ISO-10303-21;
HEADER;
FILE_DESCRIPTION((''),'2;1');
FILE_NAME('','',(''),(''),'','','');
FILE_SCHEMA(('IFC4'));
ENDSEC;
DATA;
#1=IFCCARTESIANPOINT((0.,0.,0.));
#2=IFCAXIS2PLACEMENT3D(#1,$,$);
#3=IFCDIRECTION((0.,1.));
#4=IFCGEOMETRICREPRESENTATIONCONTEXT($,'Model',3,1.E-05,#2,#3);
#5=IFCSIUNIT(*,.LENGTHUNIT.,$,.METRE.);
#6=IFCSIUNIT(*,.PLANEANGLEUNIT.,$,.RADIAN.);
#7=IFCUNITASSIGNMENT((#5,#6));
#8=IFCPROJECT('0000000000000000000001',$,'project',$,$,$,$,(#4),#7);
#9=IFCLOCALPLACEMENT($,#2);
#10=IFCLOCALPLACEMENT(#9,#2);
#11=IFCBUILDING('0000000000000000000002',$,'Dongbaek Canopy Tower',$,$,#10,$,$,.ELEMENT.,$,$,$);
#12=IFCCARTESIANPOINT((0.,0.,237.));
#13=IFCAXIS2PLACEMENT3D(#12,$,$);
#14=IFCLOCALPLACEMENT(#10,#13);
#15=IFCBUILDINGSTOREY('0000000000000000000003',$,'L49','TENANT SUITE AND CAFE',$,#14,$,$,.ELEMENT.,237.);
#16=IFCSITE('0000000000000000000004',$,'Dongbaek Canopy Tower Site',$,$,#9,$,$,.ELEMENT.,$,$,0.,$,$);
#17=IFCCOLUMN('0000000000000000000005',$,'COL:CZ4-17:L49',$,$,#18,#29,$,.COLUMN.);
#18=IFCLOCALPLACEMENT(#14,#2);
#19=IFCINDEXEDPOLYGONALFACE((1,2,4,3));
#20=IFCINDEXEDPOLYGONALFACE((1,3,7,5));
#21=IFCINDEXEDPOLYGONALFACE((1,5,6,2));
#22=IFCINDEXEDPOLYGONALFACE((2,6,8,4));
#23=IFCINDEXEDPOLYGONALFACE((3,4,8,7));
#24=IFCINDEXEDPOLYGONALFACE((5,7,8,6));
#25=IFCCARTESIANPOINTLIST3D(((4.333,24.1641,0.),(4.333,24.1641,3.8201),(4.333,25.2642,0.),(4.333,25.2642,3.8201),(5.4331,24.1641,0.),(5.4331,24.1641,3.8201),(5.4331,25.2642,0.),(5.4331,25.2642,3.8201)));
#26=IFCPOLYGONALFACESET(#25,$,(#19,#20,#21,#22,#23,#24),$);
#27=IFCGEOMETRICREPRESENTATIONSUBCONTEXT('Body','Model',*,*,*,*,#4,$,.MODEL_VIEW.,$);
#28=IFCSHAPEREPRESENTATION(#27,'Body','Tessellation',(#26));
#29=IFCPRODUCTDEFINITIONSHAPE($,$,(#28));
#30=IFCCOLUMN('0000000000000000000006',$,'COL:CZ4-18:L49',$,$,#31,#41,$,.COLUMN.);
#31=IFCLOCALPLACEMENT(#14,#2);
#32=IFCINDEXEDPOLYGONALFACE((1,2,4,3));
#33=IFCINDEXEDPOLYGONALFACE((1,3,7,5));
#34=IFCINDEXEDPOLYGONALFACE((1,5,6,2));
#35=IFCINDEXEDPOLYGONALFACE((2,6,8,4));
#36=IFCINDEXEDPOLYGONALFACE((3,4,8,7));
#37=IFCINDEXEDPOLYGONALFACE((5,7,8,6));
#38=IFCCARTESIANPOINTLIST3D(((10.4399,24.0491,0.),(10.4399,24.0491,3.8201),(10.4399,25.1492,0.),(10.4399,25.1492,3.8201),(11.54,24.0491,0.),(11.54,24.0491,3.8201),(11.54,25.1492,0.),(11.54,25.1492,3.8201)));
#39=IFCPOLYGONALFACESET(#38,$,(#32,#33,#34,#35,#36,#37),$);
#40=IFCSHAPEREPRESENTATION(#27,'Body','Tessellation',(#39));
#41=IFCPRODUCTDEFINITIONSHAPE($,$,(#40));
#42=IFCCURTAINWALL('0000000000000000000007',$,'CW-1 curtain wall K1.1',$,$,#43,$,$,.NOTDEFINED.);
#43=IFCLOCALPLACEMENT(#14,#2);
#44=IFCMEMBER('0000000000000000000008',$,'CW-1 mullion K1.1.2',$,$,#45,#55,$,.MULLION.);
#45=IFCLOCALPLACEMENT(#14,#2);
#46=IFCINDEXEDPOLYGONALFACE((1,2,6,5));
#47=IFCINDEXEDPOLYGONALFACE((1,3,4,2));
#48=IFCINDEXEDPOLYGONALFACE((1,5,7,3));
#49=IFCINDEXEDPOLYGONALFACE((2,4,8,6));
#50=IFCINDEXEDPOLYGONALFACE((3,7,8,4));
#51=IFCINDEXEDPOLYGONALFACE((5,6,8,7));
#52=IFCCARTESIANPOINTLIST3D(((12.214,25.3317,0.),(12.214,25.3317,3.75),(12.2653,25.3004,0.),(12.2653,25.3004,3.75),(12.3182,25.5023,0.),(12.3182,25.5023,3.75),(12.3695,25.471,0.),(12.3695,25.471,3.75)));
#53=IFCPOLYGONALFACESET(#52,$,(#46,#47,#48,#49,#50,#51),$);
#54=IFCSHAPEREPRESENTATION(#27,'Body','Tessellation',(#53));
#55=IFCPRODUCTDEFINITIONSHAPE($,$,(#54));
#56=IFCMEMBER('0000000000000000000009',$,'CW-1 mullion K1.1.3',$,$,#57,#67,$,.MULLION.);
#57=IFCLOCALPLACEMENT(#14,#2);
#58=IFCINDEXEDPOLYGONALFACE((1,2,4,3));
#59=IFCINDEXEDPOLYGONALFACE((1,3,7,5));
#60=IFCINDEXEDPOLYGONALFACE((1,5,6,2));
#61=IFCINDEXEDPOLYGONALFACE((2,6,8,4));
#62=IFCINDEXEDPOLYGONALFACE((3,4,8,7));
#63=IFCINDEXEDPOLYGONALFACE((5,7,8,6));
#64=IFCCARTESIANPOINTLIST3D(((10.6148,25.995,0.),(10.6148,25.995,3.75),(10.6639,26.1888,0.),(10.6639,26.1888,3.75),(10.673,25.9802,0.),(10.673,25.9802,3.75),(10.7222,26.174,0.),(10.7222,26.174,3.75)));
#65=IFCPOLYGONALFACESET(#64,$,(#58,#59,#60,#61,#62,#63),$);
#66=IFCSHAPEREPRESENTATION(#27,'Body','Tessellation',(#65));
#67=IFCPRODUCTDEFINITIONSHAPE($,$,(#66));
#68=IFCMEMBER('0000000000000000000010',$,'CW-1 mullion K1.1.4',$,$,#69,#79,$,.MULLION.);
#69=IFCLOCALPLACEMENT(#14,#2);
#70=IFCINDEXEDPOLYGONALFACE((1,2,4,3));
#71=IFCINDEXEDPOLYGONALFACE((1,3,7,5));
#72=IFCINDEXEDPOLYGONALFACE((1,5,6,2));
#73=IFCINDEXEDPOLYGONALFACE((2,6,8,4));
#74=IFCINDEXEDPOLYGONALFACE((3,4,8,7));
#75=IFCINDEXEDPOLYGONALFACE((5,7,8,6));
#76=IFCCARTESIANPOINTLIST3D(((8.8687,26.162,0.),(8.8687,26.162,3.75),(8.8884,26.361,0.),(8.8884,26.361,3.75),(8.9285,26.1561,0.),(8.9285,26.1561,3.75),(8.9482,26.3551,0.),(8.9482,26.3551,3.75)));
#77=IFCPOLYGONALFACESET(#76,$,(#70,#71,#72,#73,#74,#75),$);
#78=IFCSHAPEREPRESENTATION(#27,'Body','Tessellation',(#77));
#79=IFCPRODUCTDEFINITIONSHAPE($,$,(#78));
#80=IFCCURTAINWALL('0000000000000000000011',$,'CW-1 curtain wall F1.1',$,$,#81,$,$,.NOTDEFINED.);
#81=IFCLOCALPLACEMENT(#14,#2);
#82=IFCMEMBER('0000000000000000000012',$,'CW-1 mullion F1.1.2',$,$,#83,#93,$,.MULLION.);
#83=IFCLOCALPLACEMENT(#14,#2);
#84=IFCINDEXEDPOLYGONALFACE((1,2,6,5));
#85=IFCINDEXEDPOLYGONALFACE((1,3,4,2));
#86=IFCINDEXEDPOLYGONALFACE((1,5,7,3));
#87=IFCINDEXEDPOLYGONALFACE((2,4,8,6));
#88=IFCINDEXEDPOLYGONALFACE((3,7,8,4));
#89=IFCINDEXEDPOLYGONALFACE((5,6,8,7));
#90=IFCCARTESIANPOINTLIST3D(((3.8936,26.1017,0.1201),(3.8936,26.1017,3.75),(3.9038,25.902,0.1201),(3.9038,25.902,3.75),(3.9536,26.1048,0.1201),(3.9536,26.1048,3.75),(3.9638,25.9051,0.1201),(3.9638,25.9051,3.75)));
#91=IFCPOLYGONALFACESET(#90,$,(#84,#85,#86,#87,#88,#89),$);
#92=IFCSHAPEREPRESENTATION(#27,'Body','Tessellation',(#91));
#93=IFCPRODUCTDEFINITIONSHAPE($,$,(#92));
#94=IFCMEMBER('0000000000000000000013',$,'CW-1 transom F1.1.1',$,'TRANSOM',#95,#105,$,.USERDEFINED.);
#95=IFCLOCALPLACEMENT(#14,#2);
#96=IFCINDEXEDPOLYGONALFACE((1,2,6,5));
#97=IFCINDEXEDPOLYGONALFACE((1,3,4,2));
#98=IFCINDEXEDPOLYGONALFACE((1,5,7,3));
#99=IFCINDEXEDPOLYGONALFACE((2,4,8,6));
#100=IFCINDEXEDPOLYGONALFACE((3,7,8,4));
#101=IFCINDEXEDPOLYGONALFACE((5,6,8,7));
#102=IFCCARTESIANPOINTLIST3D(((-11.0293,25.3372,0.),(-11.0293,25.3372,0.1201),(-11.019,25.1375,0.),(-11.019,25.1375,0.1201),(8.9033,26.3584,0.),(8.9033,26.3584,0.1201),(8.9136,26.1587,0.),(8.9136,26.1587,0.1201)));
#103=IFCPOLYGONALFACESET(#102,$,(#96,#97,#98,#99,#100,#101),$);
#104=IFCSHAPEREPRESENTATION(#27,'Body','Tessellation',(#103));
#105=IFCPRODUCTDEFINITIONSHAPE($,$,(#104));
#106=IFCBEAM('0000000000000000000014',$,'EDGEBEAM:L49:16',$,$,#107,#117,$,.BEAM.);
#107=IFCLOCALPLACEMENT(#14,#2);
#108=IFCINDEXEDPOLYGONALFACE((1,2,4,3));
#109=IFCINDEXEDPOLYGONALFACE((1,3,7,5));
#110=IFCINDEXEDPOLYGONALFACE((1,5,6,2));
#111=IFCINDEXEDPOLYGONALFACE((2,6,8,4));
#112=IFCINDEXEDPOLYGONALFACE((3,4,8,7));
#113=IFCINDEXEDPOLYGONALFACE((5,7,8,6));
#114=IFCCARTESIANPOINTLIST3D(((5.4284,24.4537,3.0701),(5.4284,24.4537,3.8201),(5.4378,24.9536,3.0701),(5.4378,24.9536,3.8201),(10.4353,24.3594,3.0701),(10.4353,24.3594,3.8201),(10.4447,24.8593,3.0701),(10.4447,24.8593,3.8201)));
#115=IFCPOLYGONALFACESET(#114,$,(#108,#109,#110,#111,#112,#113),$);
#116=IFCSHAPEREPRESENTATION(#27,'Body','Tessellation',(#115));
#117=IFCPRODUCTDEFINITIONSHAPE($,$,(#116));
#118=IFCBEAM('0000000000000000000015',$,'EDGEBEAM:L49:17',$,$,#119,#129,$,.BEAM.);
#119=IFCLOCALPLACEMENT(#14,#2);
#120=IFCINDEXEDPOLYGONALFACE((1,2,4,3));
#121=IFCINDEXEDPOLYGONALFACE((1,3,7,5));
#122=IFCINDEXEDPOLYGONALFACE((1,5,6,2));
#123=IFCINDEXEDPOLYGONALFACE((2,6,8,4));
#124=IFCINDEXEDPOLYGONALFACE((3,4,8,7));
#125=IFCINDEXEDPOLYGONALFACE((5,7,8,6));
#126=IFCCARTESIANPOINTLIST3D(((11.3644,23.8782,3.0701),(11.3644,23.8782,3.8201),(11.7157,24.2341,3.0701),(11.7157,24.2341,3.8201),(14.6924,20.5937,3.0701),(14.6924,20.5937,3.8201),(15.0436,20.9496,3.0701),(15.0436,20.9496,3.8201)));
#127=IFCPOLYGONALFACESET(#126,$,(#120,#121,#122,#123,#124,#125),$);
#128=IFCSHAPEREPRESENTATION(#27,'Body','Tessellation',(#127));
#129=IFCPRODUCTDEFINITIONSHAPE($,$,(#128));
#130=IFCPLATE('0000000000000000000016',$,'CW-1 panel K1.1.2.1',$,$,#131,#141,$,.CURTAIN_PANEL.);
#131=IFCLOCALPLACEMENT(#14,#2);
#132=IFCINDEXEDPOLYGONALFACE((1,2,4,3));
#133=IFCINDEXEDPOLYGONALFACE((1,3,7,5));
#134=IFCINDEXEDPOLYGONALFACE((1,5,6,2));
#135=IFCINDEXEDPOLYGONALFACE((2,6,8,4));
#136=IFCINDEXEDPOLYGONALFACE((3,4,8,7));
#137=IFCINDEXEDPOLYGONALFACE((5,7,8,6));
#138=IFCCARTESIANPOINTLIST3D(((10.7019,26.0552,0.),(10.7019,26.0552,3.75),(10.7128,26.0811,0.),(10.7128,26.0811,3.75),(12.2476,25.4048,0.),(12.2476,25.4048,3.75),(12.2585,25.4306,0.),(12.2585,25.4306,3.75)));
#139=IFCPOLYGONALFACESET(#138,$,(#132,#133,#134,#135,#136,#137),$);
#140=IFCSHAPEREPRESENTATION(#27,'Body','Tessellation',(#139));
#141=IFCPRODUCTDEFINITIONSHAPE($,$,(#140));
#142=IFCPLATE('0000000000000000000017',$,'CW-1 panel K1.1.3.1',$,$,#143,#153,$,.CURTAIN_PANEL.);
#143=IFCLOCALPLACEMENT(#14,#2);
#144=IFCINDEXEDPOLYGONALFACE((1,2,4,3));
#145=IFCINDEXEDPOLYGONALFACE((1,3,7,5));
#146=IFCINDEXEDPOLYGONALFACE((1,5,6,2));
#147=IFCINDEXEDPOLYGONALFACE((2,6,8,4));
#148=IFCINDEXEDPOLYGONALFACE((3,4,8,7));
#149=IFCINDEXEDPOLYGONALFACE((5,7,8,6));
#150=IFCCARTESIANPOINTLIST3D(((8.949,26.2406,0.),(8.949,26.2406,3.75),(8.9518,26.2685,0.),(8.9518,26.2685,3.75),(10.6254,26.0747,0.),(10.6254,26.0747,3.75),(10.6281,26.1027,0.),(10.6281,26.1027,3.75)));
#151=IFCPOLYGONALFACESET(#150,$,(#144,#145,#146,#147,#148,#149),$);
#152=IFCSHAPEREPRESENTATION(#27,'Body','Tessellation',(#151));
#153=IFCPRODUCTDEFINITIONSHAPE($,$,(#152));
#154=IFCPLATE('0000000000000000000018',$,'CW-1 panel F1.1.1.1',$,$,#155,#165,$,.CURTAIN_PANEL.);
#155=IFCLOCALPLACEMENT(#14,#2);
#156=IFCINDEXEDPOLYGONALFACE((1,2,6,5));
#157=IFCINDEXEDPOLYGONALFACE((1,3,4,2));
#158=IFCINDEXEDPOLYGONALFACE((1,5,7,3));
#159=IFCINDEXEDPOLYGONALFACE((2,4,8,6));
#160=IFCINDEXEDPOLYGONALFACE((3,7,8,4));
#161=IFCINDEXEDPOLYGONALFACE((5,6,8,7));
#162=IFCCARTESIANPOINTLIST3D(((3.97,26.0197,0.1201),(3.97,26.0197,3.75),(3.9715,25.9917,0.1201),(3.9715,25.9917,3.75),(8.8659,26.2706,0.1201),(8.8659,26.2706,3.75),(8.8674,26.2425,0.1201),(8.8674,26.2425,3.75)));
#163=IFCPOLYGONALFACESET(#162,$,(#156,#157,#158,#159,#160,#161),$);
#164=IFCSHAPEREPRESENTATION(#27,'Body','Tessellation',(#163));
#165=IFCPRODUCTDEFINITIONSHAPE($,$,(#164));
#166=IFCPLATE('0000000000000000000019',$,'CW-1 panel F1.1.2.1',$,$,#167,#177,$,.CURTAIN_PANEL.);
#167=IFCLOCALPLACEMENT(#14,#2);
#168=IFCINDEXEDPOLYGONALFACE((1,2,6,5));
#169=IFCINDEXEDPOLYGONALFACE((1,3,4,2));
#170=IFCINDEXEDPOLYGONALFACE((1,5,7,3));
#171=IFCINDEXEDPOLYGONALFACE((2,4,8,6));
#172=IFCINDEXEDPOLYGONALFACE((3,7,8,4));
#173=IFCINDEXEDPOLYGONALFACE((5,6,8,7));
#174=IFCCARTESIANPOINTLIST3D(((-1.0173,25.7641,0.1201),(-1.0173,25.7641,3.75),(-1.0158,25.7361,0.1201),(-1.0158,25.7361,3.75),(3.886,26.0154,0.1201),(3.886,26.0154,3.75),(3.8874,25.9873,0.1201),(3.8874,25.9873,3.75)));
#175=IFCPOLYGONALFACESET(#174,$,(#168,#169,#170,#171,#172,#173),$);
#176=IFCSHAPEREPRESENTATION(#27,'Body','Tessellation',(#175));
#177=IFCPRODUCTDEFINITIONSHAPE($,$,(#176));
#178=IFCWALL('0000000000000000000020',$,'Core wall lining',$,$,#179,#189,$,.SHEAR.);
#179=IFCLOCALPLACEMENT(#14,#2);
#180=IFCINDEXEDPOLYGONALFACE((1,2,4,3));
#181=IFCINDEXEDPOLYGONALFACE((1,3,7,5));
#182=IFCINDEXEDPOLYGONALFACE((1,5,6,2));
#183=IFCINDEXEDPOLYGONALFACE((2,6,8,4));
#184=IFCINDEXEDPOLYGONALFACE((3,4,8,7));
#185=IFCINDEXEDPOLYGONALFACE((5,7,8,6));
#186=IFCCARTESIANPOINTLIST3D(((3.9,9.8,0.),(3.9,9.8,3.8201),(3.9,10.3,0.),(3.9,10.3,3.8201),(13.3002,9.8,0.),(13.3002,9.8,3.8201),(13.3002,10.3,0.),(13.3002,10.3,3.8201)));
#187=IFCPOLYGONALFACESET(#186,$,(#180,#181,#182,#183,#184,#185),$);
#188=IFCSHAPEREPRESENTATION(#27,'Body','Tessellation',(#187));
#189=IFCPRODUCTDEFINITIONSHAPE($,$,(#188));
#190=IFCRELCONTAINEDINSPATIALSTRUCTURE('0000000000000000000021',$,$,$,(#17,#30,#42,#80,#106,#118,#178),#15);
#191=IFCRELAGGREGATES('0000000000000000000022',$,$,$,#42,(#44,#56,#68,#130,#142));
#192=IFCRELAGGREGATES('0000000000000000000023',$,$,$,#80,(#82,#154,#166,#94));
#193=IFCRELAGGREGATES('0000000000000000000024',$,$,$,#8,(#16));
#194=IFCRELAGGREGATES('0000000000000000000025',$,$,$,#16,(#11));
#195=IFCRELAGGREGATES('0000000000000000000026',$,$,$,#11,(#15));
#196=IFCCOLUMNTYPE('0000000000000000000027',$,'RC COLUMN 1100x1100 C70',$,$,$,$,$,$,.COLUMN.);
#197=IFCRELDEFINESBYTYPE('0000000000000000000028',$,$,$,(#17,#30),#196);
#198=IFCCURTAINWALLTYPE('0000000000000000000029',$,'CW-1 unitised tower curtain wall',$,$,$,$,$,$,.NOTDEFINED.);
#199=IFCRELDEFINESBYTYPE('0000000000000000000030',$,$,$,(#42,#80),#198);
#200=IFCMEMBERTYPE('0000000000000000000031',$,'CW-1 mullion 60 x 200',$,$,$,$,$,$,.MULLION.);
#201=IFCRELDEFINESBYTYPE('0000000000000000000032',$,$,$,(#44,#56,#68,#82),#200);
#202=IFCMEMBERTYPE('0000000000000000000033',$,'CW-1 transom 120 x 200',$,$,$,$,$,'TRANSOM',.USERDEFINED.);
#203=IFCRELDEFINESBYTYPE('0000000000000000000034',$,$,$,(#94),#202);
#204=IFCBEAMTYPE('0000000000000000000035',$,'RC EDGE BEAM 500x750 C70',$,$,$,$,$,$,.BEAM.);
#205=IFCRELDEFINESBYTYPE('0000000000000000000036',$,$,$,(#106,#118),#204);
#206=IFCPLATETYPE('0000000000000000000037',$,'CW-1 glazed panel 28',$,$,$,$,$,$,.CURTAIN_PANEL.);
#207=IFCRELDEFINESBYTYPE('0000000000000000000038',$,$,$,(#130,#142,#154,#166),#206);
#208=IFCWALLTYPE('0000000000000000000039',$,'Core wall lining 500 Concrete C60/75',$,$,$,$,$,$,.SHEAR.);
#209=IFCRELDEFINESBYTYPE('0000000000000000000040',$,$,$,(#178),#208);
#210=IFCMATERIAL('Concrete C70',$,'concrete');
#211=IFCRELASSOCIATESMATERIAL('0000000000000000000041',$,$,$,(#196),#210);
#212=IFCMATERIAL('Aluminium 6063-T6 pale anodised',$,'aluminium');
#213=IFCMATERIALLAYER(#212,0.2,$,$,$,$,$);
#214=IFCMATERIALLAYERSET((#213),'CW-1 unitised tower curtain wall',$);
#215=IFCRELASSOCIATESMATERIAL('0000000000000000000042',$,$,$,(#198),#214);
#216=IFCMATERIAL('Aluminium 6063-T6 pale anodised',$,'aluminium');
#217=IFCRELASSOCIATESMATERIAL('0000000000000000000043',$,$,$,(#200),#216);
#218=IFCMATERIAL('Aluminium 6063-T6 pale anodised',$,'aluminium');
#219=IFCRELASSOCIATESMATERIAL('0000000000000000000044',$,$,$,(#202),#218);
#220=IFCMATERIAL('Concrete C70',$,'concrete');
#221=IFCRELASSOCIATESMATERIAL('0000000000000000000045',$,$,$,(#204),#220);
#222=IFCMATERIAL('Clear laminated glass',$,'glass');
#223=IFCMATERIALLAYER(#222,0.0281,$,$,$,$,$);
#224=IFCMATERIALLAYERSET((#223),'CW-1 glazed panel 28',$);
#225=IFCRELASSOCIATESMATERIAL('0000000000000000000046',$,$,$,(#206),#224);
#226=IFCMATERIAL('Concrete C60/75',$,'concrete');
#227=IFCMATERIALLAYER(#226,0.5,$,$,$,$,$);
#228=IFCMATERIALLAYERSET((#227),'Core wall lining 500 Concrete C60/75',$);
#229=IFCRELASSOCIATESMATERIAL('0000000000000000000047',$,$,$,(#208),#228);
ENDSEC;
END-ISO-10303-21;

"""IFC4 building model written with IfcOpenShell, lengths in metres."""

from ifc_helpers import new_model, si_unit, direction, frame, frame_2d, origin, origin_2d, place, context, subcontext, project, spatial, rectangle, extrude, material, layer, layer_set, material_profile, profile_set, type_object, element, aggregate, save


model = new_model("IFC4")

# Units and contexts
model_context = context("Model", 3, precision=1e-05, world=origin(), true_north=direction((0.0, 1.0)))
body_context = subcontext(model_context, "Body", "Model", "MODEL_VIEW")
ifc_project = project(units=[si_unit("LENGTHUNIT", "METRE"), si_unit("PLANEANGLEUNIT", "RADIAN")], contexts=[model_context])

# Site, building, storey
site_placement = place(None, origin())
site = spatial("IfcSite", under=ifc_project, at=site_placement, Name="Dongbaek Canopy Tower Site", CompositionType="ELEMENT", RefElevation=0.0)
building_placement = place(site_placement, origin())
building = spatial("IfcBuilding", under=site, at=building_placement, Name="Dongbaek Canopy Tower", CompositionType="ELEMENT")
storey_placement = place(building_placement, frame((0.0, 0.0, 237.0)))
storey = spatial("IfcBuildingStorey", under=building, at=storey_placement, Name="L49", Description="TENANT SUITE AND CAFE", CompositionType="ELEMENT", Elevation=237.0)

# Columns
ifc_material_1 = material(Name="Concrete C70", Category="concrete")
ifc_material_profile_1 = material_profile(ifc_material_1, rectangle(XDim=1.1001, YDim=1.1001, at=origin_2d()), Name="RC COLUMN 1100x1100 C70")
ifc_profile_set_1 = profile_set([ifc_material_profile_1], Name="Concrete C70")
column_type = type_object("IfcColumnType", Name="RC COLUMN 1100x1100 C70", PredefinedType="COLUMN", material=ifc_profile_set_1)
for number, where, z_axis, x_axis, name in (
    (1, (4.8831, 24.7141, 0.0), (0.0, 0.0, 1.0), (1.0, 0.0, 0.0), "COL:CZ4-17:L49"),
    (2, (10.99, 24.5991, 0.0), (0.0, 0.0, 1.0), (1.0, 0.0, 0.0), "COL:CZ4-18:L49"),
):
    element("IfcColumn", number, at=place(storey_placement, frame(where, z_axis=z_axis, x_axis=x_axis)), inside=storey, type_object=column_type, Name=name, PredefinedType="COLUMN", context=body_context, shape_type="SweptSolid", body=[
        extrude(rectangle(XDim=1.1001, YDim=1.1001, at=origin_2d()), origin(), (0.0, 0.0, 1.0), 3.8201),
    ])

# Curtain walls, members
ifc_material_2 = material(Name="Aluminium 6063-T6 pale anodised", Category="aluminium")
ifc_layer_1 = layer(ifc_material_2, 0.2)
ifc_layer_set_1 = layer_set([ifc_layer_1], Name="CW-1 unitised tower curtain wall")
curtain_wall_type = type_object("IfcCurtainWallType", Name="CW-1 unitised tower curtain wall", PredefinedType="NOTDEFINED", material=ifc_layer_set_1)
curtain_wall_1_placement = place(storey_placement, origin())
curtain_wall_1 = element("IfcCurtainWall", 3, at=curtain_wall_1_placement, inside=storey, type_object=curtain_wall_type, Name="CW-1 curtain wall K1.1", PredefinedType="NOTDEFINED")
ifc_material_3 = material(Name="Aluminium 6063-T6 pale anodised", Category="aluminium")
ifc_material_profile_2 = material_profile(ifc_material_3, rectangle(XDim=0.2, YDim=0.0601, at=origin_2d()), Name="CW-1 mullion 60 x 200")
ifc_profile_set_2 = profile_set([ifc_material_profile_2], Name="Aluminium 6063-T6 pale anodised")
member_type_1 = type_object("IfcMemberType", Name="CW-1 mullion 60 x 200", PredefinedType="MULLION", material=ifc_profile_set_2)
member_1_placement = place(storey_placement, frame((12.2917, 25.4014, 0.0), z_axis=(0.0, 0.0, 1.0), x_axis=(0.521099, 0.853496, 0.0)))
member_1 = element("IfcMember", 4, at=member_1_placement, type_object=member_type_1, Name="CW-1 mullion K1.1.2", PredefinedType="MULLION", context=body_context, shape_type="SweptSolid", body=[
    extrude(rectangle(XDim=0.2, YDim=0.0601, at=origin_2d()), origin(), (0.0, 0.0, 1.0), 3.75),
])
member_2_placement = place(storey_placement, frame((10.6685, 26.0845, 0.0), z_axis=(0.0, 0.0, 1.0), x_axis=(0.245923, 0.969289, 0.0)))
member_2 = element("IfcMember", 5, at=member_2_placement, type_object=member_type_1, Name="CW-1 mullion K1.1.3", PredefinedType="MULLION", context=body_context, shape_type="SweptSolid", body=[
    extrude(rectangle(XDim=0.2, YDim=0.0601, at=origin_2d()), origin(), (0.0, 0.0, 1.0), 3.75),
])
member_3_placement = place(storey_placement, frame((8.9084, 26.2585, 0.0), z_axis=(0.0, 0.0, 1.0), x_axis=(0.098479, 0.995139, 0.0)))
member_3 = element("IfcMember", 6, at=member_3_placement, type_object=member_type_1, Name="CW-1 mullion K1.1.4", PredefinedType="MULLION", context=body_context, shape_type="SweptSolid", body=[
    extrude(rectangle(XDim=0.2, YDim=0.0601, at=origin_2d()), origin(), (0.0, 0.0, 1.0), 3.75),
])
curtain_wall_2_placement = place(storey_placement, origin())
curtain_wall_2 = element("IfcCurtainWall", 7, at=curtain_wall_2_placement, inside=storey, type_object=curtain_wall_type, Name="CW-1 curtain wall F1.1", PredefinedType="NOTDEFINED")
member_4_placement = place(storey_placement, frame((3.9287, 26.0034, 0.1201), z_axis=(0.0, 0.0, 1.0), x_axis=(-0.051171, 0.99869, 0.0)))
member_4 = element("IfcMember", 8, at=member_4_placement, type_object=member_type_1, Name="CW-1 mullion F1.1.2", PredefinedType="MULLION", context=body_context, shape_type="SweptSolid", body=[
    extrude(rectangle(XDim=0.2, YDim=0.0601, at=origin_2d()), origin(), (0.0, 0.0, 1.0), 3.6299),
])
ifc_material_4 = material(Name="Aluminium 6063-T6 pale anodised", Category="aluminium")
ifc_material_profile_3 = material_profile(ifc_material_4, rectangle(XDim=0.2, YDim=0.1201, at=origin_2d()), Name="CW-1 transom 120 x 200")
ifc_profile_set_3 = profile_set([ifc_material_profile_3], Name="Aluminium 6063-T6 pale anodised")
member_type_2 = type_object("IfcMemberType", Name="CW-1 transom 120 x 200", ElementType="TRANSOM", PredefinedType="USERDEFINED", material=ifc_profile_set_3)
member_5_placement = place(storey_placement, frame((8.9084, 26.2585, 0.0601), z_axis=(-0.99869, -0.051168, 0.0), x_axis=(0.051168, -0.99869, 0.0)))
member_5 = element("IfcMember", 9, at=member_5_placement, type_object=member_type_2, Name="CW-1 transom F1.1.1", ObjectType="TRANSOM", PredefinedType="USERDEFINED", context=body_context, shape_type="SweptSolid", body=[
    extrude(rectangle(XDim=0.2, YDim=0.1201, at=origin_2d()), origin(), (0.0, 0.0, 1.0), 19.9587),
])

# Beams
ifc_material_5 = material(Name="Concrete C70", Category="concrete")
ifc_material_profile_4 = material_profile(ifc_material_5, rectangle(XDim=0.5, YDim=0.75, at=origin_2d()), Name="RC EDGE BEAM 500x750 C70")
ifc_profile_set_4 = profile_set([ifc_material_profile_4], Name="Concrete C70")
beam_type = type_object("IfcBeamType", Name="RC EDGE BEAM 500x750 C70", PredefinedType="BEAM", material=ifc_profile_set_4)
beam_1_placement = place(storey_placement, frame((5.4331, 24.7036, 3.4451), z_axis=(0.999823, -0.018819, 0.0), x_axis=(0.018819, 0.999823, 0.0)))
element("IfcBeam", 10, at=beam_1_placement, inside=storey, type_object=beam_type, Name="EDGEBEAM:L49:16", PredefinedType="BEAM", context=body_context, shape_type="SweptSolid", body=[
    extrude(rectangle(XDim=0.5, YDim=0.75, at=origin_2d()), origin(), (0.0, 0.0, 1.0), 5.0078),
])
beam_2_placement = place(storey_placement, frame((11.54, 24.0562, 3.4451), z_axis=(0.711739, -0.702444, 0.0), x_axis=(0.702444, 0.711739, 0.0)))
element("IfcBeam", 11, at=beam_2_placement, inside=storey, type_object=beam_type, Name="EDGEBEAM:L49:17", PredefinedType="BEAM", context=body_context, shape_type="SweptSolid", body=[
    extrude(rectangle(XDim=0.5, YDim=0.75, at=origin_2d()), origin(), (0.0, 0.0, 1.0), 4.6758),
])

# Plates
ifc_material_6 = material(Name="Clear laminated glass", Category="glass")
ifc_layer_2 = layer(ifc_material_6, 0.0281)
ifc_layer_set_2 = layer_set([ifc_layer_2], Name="CW-1 glazed panel 28")
plate_type = type_object("IfcPlateType", Name="CW-1 glazed panel 28", PredefinedType="CURTAIN_PANEL", material=ifc_layer_set_2)
plate_1_placement = place(storey_placement, frame((11.4802, 25.7429, 0.0), z_axis=(0.0, 0.0, 1.0), x_axis=(-0.92172, 0.387857, 0.0)))
plate_1 = element("IfcPlate", 12, at=plate_1_placement, type_object=plate_type, Name="CW-1 panel K1.1.2.1", PredefinedType="CURTAIN_PANEL", context=body_context, shape_type="SweptSolid", body=[
    extrude(rectangle(XDim=1.677, YDim=0.0281, at=origin_2d()), origin(), (0.0, 0.0, 1.0), 3.75),
])
plate_2_placement = place(storey_placement, frame((9.7886, 26.1716, 0.0), z_axis=(0.0, 0.0, 1.0), x_axis=(-0.995139, 0.098479, 0.0)))
plate_2 = element("IfcPlate", 13, at=plate_2_placement, type_object=plate_type, Name="CW-1 panel K1.1.3.1", PredefinedType="CURTAIN_PANEL", context=body_context, shape_type="SweptSolid", body=[
    extrude(rectangle(XDim=1.6846, YDim=0.0281, at=origin_2d()), origin(), (0.0, 0.0, 1.0), 3.75),
])
aggregate(curtain_wall_1, [member_1, member_2, member_3, plate_1, plate_2])
plate_3_placement = place(storey_placement, frame((6.4187, 26.1311, 0.1201), z_axis=(0.0, 0.0, 1.0), x_axis=(-0.99869, -0.051171, 0.0)))
plate_3 = element("IfcPlate", 14, at=plate_3_placement, type_object=plate_type, Name="CW-1 panel F1.1.1.1", PredefinedType="CURTAIN_PANEL", context=body_context, shape_type="SweptSolid", body=[
    extrude(rectangle(XDim=4.9023, YDim=0.0281, at=origin_2d()), origin(), (0.0, 0.0, 1.0), 3.6299),
])
plate_4_placement = place(storey_placement, frame((1.4351, 25.8757, 0.1201), z_axis=(0.0, 0.0, 1.0), x_axis=(-0.99869, -0.051171, 0.0)))
plate_4 = element("IfcPlate", 15, at=plate_4_placement, type_object=plate_type, Name="CW-1 panel F1.1.2.1", PredefinedType="CURTAIN_PANEL", context=body_context, shape_type="SweptSolid", body=[
    extrude(rectangle(XDim=4.9097, YDim=0.0281, at=origin_2d()), origin(), (0.0, 0.0, 1.0), 3.6299),
])

# Wall
ifc_material_7 = material(Name="Concrete C60/75", Category="concrete")
ifc_layer_3 = layer(ifc_material_7, 0.5)
ifc_layer_set_3 = layer_set([ifc_layer_3], Name="Core wall lining 500 Concrete C60/75")
wall_type_1 = type_object("IfcWallType", Name="Core wall lining 500 Concrete C60/75", PredefinedType="SHEAR", material=ifc_layer_set_3)
wall_1_placement = place(storey_placement, frame((3.8999, 10.05, 0.0), z_axis=(0.0, 0.0, 1.0), x_axis=(1.0, 0.0, 0.0)))
element("IfcWall", 16, at=wall_1_placement, inside=storey, type_object=wall_type_1, Name="Core wall lining", PredefinedType="SHEAR", context=body_context, shape_type="SweptSolid", body=[
    extrude(rectangle(XDim=9.4001, YDim=0.5, at=frame_2d((4.7002, 0.0))), origin(), (0.0, 0.0, 1.0), 3.8201),
])

aggregate(curtain_wall_2, [member_4, plate_3, plate_4, member_5])

save(model, "model.ifc")
